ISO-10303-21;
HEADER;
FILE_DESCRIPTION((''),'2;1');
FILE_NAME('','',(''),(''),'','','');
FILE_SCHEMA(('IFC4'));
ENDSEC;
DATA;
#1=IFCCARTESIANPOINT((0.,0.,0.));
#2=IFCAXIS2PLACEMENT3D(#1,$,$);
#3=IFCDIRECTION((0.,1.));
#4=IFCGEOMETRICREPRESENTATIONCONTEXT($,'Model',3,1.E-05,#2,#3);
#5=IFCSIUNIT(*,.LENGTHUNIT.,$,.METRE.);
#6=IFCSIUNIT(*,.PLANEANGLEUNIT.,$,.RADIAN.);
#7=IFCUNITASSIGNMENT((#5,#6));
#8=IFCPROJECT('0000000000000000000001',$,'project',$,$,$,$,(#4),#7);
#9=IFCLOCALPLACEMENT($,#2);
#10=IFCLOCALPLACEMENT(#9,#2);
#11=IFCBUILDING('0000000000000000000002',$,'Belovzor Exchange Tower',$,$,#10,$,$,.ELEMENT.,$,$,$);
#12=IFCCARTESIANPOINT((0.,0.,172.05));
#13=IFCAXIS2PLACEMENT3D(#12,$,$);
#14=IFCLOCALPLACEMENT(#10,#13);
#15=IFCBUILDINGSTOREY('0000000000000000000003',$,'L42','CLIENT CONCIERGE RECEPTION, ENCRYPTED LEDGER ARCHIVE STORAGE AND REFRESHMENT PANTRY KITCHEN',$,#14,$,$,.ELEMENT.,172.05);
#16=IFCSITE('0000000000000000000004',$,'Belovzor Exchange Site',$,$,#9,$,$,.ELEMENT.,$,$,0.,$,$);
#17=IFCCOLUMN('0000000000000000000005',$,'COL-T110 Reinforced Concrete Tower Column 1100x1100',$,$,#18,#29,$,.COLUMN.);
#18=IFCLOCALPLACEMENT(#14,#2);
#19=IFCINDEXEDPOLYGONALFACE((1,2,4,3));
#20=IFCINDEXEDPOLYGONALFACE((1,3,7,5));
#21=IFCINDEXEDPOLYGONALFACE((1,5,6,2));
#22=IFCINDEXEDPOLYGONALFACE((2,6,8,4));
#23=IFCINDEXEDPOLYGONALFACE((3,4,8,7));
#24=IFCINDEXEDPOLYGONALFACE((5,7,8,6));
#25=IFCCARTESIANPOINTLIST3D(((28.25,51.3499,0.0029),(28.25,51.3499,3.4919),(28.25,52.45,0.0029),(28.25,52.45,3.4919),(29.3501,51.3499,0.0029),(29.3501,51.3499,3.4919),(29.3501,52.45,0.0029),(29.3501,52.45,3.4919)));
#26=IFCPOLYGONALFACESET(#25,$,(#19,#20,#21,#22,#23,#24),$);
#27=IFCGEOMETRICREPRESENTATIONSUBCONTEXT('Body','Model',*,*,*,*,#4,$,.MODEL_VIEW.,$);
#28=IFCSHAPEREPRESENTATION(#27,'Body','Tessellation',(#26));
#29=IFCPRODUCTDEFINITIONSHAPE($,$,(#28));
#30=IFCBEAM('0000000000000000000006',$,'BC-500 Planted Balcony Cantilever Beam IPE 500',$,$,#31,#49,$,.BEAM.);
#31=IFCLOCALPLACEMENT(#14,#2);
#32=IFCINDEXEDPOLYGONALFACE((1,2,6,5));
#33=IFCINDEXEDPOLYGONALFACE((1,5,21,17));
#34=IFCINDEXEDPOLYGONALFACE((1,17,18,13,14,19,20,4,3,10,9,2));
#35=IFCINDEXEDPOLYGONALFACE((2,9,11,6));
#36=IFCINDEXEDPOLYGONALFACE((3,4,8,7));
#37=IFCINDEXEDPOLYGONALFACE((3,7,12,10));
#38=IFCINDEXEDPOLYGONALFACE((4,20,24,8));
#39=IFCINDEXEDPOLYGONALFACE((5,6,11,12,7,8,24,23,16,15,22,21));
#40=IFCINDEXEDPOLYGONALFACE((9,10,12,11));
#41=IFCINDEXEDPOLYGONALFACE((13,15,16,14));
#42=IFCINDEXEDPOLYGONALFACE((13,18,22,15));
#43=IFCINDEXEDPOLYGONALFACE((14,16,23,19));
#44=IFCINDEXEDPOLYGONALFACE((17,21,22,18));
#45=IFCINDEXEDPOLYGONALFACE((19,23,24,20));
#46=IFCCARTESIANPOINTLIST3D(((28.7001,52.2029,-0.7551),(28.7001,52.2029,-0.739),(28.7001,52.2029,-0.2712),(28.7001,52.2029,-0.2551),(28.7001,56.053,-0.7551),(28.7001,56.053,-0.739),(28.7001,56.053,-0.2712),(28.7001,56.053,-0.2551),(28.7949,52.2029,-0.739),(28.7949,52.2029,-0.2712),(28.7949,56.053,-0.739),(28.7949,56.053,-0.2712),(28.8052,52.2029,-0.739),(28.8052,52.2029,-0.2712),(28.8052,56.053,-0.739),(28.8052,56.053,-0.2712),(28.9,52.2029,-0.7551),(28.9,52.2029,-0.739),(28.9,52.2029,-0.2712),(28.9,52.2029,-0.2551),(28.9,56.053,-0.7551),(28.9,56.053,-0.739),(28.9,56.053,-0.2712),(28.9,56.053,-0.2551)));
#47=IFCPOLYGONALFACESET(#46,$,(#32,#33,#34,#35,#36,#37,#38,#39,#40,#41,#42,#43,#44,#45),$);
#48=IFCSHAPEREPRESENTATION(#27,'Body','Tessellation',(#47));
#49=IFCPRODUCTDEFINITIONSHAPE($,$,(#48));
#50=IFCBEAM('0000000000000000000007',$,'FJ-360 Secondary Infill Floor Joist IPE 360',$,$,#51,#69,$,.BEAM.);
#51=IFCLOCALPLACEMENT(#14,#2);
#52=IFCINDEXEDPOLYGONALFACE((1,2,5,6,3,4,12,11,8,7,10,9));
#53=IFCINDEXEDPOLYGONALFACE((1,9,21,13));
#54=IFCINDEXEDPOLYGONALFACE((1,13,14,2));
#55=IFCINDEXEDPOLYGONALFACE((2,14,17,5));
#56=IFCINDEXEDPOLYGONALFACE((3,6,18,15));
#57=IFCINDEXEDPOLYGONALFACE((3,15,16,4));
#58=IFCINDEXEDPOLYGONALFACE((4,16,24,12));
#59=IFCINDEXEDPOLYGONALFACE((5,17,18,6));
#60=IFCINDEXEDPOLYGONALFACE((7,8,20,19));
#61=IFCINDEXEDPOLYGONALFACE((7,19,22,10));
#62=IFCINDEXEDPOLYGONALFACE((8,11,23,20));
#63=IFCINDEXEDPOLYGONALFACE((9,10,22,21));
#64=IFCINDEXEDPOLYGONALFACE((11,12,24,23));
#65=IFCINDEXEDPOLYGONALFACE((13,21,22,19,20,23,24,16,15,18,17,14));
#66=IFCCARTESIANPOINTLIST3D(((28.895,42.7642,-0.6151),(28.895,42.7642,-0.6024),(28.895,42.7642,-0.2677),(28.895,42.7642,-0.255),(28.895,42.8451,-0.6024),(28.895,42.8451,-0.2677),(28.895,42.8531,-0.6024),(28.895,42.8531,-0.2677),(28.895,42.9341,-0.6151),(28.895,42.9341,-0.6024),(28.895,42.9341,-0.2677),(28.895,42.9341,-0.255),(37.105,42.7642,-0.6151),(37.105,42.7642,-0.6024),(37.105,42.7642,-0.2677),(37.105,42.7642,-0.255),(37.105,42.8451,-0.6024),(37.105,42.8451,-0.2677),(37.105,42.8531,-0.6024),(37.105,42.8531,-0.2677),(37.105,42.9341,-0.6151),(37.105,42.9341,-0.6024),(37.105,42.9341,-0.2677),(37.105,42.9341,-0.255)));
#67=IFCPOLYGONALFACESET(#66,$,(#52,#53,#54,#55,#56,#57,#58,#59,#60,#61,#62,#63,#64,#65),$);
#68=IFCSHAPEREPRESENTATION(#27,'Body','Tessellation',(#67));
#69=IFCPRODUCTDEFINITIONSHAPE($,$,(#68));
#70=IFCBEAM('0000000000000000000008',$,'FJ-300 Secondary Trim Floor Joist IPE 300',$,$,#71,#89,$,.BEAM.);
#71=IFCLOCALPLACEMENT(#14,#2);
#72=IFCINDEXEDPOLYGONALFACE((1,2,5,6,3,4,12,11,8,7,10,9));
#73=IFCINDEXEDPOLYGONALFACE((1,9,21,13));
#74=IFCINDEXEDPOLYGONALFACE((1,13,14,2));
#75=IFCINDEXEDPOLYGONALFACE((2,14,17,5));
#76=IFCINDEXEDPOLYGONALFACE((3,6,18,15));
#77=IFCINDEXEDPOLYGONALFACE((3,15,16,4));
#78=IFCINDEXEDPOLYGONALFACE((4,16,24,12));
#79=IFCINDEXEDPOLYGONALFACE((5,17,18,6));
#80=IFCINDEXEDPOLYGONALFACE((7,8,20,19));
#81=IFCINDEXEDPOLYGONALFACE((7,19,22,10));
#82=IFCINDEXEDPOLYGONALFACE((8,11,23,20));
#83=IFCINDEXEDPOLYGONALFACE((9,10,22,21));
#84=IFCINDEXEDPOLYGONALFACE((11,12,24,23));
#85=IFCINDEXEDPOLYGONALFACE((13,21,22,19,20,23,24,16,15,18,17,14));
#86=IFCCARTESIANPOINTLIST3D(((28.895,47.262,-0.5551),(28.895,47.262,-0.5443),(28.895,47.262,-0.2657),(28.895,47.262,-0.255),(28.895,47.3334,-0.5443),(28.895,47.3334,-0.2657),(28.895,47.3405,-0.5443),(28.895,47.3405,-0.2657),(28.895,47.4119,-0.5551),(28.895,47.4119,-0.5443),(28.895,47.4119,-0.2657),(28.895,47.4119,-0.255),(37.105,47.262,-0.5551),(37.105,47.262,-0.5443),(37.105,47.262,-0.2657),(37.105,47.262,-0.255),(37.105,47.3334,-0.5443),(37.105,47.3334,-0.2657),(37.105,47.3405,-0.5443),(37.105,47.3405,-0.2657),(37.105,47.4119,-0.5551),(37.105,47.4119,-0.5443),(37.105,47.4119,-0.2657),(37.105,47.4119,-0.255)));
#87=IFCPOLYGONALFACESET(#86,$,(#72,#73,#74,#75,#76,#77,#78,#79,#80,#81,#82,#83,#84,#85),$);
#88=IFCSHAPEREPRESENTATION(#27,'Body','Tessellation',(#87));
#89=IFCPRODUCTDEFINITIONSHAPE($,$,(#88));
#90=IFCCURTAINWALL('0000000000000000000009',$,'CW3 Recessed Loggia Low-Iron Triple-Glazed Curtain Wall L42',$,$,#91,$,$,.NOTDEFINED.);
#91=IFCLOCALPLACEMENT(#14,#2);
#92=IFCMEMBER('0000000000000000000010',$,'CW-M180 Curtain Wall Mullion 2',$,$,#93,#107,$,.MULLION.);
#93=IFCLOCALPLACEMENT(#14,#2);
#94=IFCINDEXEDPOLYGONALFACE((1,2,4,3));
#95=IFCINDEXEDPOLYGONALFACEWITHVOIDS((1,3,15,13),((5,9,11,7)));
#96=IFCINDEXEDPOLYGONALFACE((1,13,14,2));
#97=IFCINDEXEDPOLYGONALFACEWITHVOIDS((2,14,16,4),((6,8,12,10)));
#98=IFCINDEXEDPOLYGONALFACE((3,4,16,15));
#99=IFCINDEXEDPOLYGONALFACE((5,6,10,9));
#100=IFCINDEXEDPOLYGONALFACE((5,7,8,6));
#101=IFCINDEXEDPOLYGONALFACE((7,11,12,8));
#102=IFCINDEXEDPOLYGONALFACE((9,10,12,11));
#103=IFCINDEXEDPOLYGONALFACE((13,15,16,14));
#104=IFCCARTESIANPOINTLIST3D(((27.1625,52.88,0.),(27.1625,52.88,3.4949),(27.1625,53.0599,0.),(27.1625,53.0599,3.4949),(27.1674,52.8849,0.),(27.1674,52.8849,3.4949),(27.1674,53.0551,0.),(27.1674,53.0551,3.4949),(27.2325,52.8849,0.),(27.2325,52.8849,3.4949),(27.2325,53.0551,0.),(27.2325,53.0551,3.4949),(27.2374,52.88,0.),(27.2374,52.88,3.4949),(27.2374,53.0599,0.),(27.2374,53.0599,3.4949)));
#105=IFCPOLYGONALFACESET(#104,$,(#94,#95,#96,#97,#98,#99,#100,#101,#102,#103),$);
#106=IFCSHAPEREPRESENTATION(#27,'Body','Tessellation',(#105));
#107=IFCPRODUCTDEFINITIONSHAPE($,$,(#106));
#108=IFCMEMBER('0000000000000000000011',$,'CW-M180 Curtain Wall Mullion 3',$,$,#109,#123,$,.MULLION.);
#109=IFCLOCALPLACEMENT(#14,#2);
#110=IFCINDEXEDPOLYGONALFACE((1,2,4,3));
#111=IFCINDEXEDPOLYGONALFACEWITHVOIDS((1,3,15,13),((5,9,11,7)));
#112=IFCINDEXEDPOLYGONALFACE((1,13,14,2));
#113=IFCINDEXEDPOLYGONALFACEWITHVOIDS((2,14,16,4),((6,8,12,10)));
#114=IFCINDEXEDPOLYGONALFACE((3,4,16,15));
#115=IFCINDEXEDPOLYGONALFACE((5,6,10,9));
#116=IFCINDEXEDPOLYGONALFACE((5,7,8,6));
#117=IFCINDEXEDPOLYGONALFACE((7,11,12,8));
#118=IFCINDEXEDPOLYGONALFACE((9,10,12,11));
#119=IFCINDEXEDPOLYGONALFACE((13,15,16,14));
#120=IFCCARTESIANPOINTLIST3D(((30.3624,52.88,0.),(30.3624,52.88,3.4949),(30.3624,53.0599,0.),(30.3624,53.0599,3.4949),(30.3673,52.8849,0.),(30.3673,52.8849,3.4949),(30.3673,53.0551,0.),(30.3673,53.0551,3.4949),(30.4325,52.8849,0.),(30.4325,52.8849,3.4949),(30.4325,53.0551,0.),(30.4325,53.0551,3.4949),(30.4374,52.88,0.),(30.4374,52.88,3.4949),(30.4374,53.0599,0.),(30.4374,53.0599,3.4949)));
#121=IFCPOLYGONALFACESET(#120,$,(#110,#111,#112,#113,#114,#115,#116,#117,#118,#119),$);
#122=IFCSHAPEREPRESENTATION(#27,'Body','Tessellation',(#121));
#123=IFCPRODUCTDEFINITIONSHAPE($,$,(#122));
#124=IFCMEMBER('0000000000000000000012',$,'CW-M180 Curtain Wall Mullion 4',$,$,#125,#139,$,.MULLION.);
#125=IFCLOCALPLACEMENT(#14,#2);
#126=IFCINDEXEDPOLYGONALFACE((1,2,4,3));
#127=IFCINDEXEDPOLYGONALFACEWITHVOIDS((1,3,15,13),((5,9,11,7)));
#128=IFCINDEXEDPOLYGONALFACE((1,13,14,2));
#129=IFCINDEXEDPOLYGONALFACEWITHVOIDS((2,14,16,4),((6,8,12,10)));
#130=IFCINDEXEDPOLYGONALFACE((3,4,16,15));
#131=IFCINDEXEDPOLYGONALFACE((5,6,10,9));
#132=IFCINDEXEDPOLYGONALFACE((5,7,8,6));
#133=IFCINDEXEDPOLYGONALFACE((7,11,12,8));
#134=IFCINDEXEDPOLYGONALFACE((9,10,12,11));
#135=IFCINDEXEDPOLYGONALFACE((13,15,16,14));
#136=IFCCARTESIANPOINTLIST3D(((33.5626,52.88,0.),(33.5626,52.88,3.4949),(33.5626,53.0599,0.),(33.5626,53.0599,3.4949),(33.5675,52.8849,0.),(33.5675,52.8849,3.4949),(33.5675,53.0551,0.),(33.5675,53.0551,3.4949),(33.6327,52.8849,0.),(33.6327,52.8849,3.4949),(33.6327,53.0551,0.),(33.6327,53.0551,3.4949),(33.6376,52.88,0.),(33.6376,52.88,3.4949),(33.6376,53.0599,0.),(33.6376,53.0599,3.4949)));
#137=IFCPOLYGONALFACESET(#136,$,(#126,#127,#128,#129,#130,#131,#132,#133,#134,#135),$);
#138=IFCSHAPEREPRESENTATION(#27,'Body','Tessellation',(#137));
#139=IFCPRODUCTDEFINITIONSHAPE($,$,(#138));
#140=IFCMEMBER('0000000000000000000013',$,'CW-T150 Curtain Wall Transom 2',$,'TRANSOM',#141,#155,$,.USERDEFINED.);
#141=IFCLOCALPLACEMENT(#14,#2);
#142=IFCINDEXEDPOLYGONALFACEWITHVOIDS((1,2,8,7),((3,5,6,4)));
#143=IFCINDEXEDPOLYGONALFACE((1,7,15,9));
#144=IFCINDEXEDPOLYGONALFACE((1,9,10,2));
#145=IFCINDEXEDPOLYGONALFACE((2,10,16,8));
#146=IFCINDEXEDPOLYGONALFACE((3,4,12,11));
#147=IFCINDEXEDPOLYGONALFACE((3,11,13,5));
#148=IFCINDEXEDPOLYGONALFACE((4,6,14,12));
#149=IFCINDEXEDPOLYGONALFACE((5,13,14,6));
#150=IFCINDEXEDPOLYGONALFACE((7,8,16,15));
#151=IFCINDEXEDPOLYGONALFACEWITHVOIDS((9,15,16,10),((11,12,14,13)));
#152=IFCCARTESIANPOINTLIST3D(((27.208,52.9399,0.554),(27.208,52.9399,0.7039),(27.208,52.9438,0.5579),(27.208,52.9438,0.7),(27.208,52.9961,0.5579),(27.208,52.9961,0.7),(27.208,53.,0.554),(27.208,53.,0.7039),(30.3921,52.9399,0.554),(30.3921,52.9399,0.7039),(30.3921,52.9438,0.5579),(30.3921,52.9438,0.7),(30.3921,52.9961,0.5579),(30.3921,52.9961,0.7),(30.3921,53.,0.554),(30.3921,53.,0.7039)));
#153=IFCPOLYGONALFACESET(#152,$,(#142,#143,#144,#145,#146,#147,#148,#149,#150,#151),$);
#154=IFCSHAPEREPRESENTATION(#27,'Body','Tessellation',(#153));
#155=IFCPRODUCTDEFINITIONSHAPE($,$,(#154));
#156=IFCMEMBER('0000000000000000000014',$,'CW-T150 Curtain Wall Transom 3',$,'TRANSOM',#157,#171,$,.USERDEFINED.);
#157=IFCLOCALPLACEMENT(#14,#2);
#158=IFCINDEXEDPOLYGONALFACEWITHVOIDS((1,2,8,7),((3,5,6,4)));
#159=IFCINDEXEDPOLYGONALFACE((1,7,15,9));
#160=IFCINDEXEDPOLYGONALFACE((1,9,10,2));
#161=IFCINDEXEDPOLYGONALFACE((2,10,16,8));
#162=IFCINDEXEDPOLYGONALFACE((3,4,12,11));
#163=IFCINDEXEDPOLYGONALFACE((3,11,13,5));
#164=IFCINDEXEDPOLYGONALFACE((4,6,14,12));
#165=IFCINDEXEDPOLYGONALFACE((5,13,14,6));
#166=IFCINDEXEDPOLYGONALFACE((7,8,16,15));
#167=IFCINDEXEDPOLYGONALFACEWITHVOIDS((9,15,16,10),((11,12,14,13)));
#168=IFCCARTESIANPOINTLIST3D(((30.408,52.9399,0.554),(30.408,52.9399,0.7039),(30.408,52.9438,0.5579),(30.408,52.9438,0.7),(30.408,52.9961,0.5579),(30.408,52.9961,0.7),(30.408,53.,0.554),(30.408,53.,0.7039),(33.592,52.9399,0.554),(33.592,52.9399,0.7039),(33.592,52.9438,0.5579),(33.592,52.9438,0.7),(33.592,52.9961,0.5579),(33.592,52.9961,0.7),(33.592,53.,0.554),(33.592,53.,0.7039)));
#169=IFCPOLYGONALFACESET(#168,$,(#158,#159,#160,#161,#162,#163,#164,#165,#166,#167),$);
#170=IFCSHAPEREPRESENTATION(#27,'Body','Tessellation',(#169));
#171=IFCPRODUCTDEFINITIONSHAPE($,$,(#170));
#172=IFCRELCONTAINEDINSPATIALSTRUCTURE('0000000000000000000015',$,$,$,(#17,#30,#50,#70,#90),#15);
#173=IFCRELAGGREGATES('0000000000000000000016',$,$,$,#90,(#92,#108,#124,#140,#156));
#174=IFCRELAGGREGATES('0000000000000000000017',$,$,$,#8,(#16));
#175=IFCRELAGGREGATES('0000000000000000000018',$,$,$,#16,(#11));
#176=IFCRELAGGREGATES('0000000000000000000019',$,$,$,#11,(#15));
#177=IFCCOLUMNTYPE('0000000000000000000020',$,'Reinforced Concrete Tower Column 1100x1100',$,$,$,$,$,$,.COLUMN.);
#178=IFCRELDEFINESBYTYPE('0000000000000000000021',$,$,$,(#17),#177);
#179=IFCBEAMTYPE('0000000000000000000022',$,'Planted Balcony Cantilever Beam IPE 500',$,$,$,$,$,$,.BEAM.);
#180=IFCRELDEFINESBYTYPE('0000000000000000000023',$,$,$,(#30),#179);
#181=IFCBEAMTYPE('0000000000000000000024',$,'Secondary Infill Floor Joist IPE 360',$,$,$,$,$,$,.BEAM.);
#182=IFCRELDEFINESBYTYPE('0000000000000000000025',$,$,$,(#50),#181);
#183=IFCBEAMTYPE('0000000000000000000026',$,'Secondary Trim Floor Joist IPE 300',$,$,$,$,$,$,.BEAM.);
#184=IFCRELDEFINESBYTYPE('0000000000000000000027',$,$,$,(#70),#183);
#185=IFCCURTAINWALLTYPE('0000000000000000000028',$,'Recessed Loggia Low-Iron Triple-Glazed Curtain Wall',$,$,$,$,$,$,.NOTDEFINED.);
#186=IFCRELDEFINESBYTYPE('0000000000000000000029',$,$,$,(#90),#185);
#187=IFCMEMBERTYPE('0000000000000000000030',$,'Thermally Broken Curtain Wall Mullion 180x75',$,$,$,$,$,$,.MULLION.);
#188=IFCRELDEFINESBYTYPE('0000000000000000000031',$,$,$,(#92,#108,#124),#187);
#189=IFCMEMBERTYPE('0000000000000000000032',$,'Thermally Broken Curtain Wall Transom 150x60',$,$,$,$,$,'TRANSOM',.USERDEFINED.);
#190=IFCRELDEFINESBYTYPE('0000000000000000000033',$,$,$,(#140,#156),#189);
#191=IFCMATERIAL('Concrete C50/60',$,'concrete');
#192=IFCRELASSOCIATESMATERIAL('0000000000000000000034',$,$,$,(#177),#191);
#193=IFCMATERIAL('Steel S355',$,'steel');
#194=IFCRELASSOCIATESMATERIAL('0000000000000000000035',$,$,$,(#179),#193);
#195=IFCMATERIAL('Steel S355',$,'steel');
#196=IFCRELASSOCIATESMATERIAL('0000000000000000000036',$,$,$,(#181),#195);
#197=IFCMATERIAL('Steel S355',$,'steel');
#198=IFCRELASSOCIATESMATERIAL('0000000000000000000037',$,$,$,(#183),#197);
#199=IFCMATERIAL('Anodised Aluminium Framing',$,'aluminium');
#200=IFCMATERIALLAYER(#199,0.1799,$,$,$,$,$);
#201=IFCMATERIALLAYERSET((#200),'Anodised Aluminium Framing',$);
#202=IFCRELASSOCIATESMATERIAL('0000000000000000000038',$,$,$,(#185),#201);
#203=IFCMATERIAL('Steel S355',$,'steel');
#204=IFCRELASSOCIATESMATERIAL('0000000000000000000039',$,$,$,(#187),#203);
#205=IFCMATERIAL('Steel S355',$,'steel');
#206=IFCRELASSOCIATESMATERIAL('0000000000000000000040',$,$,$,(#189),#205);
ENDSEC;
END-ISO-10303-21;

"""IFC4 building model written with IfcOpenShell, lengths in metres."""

from ifc_helpers import new_model, si_unit, direction, frame, origin, origin_2d, place, context, subcontext, project, spatial, rectangle, hollow_rectangle, i_section, extrude, material, layer, layer_set, material_profile, profile_set, type_object, element, aggregate, save


model = new_model("IFC4")

# Units and contexts
model_context = context("Model", 3, precision=1e-05, world=origin(), true_north=direction((0.0, 1.0)))
body_context = subcontext(model_context, "Body", "Model", "MODEL_VIEW")
ifc_project = project(units=[si_unit("LENGTHUNIT", "METRE"), si_unit("PLANEANGLEUNIT", "RADIAN")], contexts=[model_context])

# Site, building, storey
site_placement = place(None, origin())
site = spatial("IfcSite", under=ifc_project, at=site_placement, Name="Belovzor Exchange Site", CompositionType="ELEMENT", RefElevation=0.0)
building_placement = place(site_placement, origin())
building = spatial("IfcBuilding", under=site, at=building_placement, Name="Belovzor Exchange Tower", CompositionType="ELEMENT")
storey_placement = place(building_placement, frame((0.0, 0.0, 172.05)))
storey = spatial("IfcBuildingStorey", under=building, at=storey_placement, Name="L42", Description="CLIENT CONCIERGE RECEPTION, ENCRYPTED LEDGER ARCHIVE STORAGE AND REFRESHMENT PANTRY KITCHEN", CompositionType="ELEMENT", Elevation=172.05)

# Column
ifc_material_1 = material(Name="Concrete C50/60", Category="concrete")
ifc_material_profile_1 = material_profile(ifc_material_1, rectangle(XDim=1.1001, YDim=1.1001, at=origin_2d()))
ifc_profile_set_1 = profile_set([ifc_material_profile_1], Name="Concrete C50/60")
column_type = type_object("IfcColumnType", Name="Reinforced Concrete Tower Column 1100x1100", PredefinedType="COLUMN", material=ifc_profile_set_1)
column_placement = place(storey_placement, frame((28.8, 51.8999, 0.0029), z_axis=(0.0, 0.0, 1.0), x_axis=(1.0, 0.0, 0.0)))
element("IfcColumn", 1, at=column_placement, inside=storey, type_object=column_type, Name="COL-T110 Reinforced Concrete Tower Column 1100x1100", PredefinedType="COLUMN", context=body_context, shape_type="SweptSolid", body=[
    extrude(rectangle(XDim=1.1001, YDim=1.1001, at=origin_2d()), origin(), (0.0, 0.0, 1.0), 3.489),
])

# Beams
ifc_material_2 = material(Name="Steel S355", Category="steel")
ifc_material_profile_2 = material_profile(ifc_material_2, i_section(OverallWidth=0.2, OverallDepth=0.5, WebThickness=0.0103, FlangeThickness=0.0161, at=origin_2d()))
ifc_profile_set_2 = profile_set([ifc_material_profile_2], Name="Steel S355")
beam_type_1 = type_object("IfcBeamType", Name="Planted Balcony Cantilever Beam IPE 500", PredefinedType="BEAM", material=ifc_profile_set_2)
beam_1_placement = place(storey_placement, frame((28.8, 52.2029, -0.5051), z_axis=(0.0, 1.0, 0.0), x_axis=(-1.0, 0.0, 0.0)))
element("IfcBeam", 2, at=beam_1_placement, inside=storey, type_object=beam_type_1, Name="BC-500 Planted Balcony Cantilever Beam IPE 500", PredefinedType="BEAM", context=body_context, shape_type="SweptSolid", body=[
    extrude(i_section(OverallWidth=0.2, OverallDepth=0.5, WebThickness=0.0103, FlangeThickness=0.0161, at=origin_2d()), origin(), (0.0, 0.0, 1.0), 3.8501),
])
ifc_material_3 = material(Name="Steel S355", Category="steel")
ifc_material_profile_3 = material_profile(ifc_material_3, i_section(OverallWidth=0.1699, OverallDepth=0.3601, WebThickness=0.0081, FlangeThickness=0.0127, at=origin_2d()))
ifc_profile_set_3 = profile_set([ifc_material_profile_3], Name="Steel S355")
beam_type_2 = type_object("IfcBeamType", Name="Secondary Infill Floor Joist IPE 360", PredefinedType="BEAM", material=ifc_profile_set_3)
beam_2_placement = place(storey_placement, frame((28.895, 42.8491, -0.4351), z_axis=(1.0, 0.0, 0.0), x_axis=(0.0, 1.0, 0.0)))
element("IfcBeam", 3, at=beam_2_placement, inside=storey, type_object=beam_type_2, Name="FJ-360 Secondary Infill Floor Joist IPE 360", PredefinedType="BEAM", context=body_context, shape_type="SweptSolid", body=[
    extrude(i_section(OverallWidth=0.1699, OverallDepth=0.3601, WebThickness=0.0081, FlangeThickness=0.0127, at=origin_2d()), origin(), (0.0, 0.0, 1.0), 8.21),
])
ifc_material_4 = material(Name="Steel S355", Category="steel")
ifc_material_profile_4 = material_profile(ifc_material_4, i_section(OverallWidth=0.1499, OverallDepth=0.3, WebThickness=0.0071, FlangeThickness=0.0107, at=origin_2d()))
ifc_profile_set_4 = profile_set([ifc_material_profile_4], Name="Steel S355")
beam_type_3 = type_object("IfcBeamType", Name="Secondary Trim Floor Joist IPE 300", PredefinedType="BEAM", material=ifc_profile_set_4)
beam_3_placement = place(storey_placement, frame((28.895, 47.3369, -0.405), z_axis=(1.0, 0.0, 0.0), x_axis=(0.0, 1.0, 0.0)))
element("IfcBeam", 4, at=beam_3_placement, inside=storey, type_object=beam_type_3, Name="FJ-300 Secondary Trim Floor Joist IPE 300", PredefinedType="BEAM", context=body_context, shape_type="SweptSolid", body=[
    extrude(i_section(OverallWidth=0.1499, OverallDepth=0.3, WebThickness=0.0071, FlangeThickness=0.0107, at=origin_2d()), origin(), (0.0, 0.0, 1.0), 8.21),
])

# Curtain wall, members
ifc_material_5 = material(Name="Anodised Aluminium Framing", Category="aluminium")
ifc_layer_1 = layer(ifc_material_5, 0.1799)
ifc_layer_set_1 = layer_set([ifc_layer_1], Name="Anodised Aluminium Framing")
curtain_wall_type = type_object("IfcCurtainWallType", Name="Recessed Loggia Low-Iron Triple-Glazed Curtain Wall", PredefinedType="NOTDEFINED", material=ifc_layer_set_1)
curtain_wall_placement = place(storey_placement, origin())
curtain_wall = element("IfcCurtainWall", 5, at=curtain_wall_placement, inside=storey, type_object=curtain_wall_type, Name="CW3 Recessed Loggia Low-Iron Triple-Glazed Curtain Wall L42", PredefinedType="NOTDEFINED")
ifc_material_6 = material(Name="Steel S355", Category="steel")
ifc_material_profile_5 = material_profile(ifc_material_6, hollow_rectangle(XDim=0.075, YDim=0.1799, WallThickness=0.0049, at=origin_2d()))
ifc_profile_set_5 = profile_set([ifc_material_profile_5], Name="Steel S355")
member_type_1 = type_object("IfcMemberType", Name="Thermally Broken Curtain Wall Mullion 180x75", PredefinedType="MULLION", material=ifc_profile_set_5)
member_1_placement = place(storey_placement, frame((27.2, 52.97, 0.0), z_axis=(0.0, 0.0, 1.0), x_axis=(1.0, 0.0, 0.0)))
member_1 = element("IfcMember", 6, at=member_1_placement, type_object=member_type_1, Name="CW-M180 Curtain Wall Mullion 2", PredefinedType="MULLION", context=body_context, shape_type="SweptSolid", body=[
    extrude(hollow_rectangle(XDim=0.075, YDim=0.1799, WallThickness=0.0049, at=origin_2d()), origin(), (0.0, 0.0, 1.0), 3.4949),
])
member_2_placement = place(storey_placement, frame((30.3999, 52.97, 0.0), z_axis=(0.0, 0.0, 1.0), x_axis=(1.0, 0.0, 0.0)))
member_2 = element("IfcMember", 7, at=member_2_placement, type_object=member_type_1, Name="CW-M180 Curtain Wall Mullion 3", PredefinedType="MULLION", context=body_context, shape_type="SweptSolid", body=[
    extrude(hollow_rectangle(XDim=0.075, YDim=0.1799, WallThickness=0.0049, at=origin_2d()), origin(), (0.0, 0.0, 1.0), 3.4949),
])
member_3_placement = place(storey_placement, frame((33.6001, 52.97, 0.0), z_axis=(0.0, 0.0, 1.0), x_axis=(1.0, 0.0, 0.0)))
member_3 = element("IfcMember", 8, at=member_3_placement, type_object=member_type_1, Name="CW-M180 Curtain Wall Mullion 4", PredefinedType="MULLION", context=body_context, shape_type="SweptSolid", body=[
    extrude(hollow_rectangle(XDim=0.075, YDim=0.1799, WallThickness=0.0049, at=origin_2d()), origin(), (0.0, 0.0, 1.0), 3.4949),
])
ifc_material_7 = material(Name="Steel S355", Category="steel")
ifc_material_profile_6 = material_profile(ifc_material_7, hollow_rectangle(XDim=0.0601, YDim=0.1499, WallThickness=0.0039, at=origin_2d()))
ifc_profile_set_6 = profile_set([ifc_material_profile_6], Name="Steel S355")
member_type_2 = type_object("IfcMemberType", Name="Thermally Broken Curtain Wall Transom 150x60", ElementType="TRANSOM", PredefinedType="USERDEFINED", material=ifc_profile_set_6)
member_4_placement = place(storey_placement, frame((27.208, 52.97, 0.6289), z_axis=(1.0, 0.0, 0.0), x_axis=(0.0, 1.0, 0.0)))
member_4 = element("IfcMember", 9, at=member_4_placement, type_object=member_type_2, Name="CW-T150 Curtain Wall Transom 2", ObjectType="TRANSOM", PredefinedType="USERDEFINED", context=body_context, shape_type="SweptSolid", body=[
    extrude(hollow_rectangle(XDim=0.0601, YDim=0.1499, WallThickness=0.0039, at=origin_2d()), origin(), (0.0, 0.0, 1.0), 3.1841),
])
member_5_placement = place(storey_placement, frame((30.408, 52.97, 0.6289), z_axis=(1.0, 0.0, 0.0), x_axis=(0.0, 1.0, 0.0)))
member_5 = element("IfcMember", 10, at=member_5_placement, type_object=member_type_2, Name="CW-T150 Curtain Wall Transom 3", ObjectType="TRANSOM", PredefinedType="USERDEFINED", context=body_context, shape_type="SweptSolid", body=[
    extrude(hollow_rectangle(XDim=0.0601, YDim=0.1499, WallThickness=0.0039, at=origin_2d()), origin(), (0.0, 0.0, 1.0), 3.1841),
])

aggregate(curtain_wall, [member_1, member_2, member_3, member_4, member_5])

save(model, "model.ifc")
